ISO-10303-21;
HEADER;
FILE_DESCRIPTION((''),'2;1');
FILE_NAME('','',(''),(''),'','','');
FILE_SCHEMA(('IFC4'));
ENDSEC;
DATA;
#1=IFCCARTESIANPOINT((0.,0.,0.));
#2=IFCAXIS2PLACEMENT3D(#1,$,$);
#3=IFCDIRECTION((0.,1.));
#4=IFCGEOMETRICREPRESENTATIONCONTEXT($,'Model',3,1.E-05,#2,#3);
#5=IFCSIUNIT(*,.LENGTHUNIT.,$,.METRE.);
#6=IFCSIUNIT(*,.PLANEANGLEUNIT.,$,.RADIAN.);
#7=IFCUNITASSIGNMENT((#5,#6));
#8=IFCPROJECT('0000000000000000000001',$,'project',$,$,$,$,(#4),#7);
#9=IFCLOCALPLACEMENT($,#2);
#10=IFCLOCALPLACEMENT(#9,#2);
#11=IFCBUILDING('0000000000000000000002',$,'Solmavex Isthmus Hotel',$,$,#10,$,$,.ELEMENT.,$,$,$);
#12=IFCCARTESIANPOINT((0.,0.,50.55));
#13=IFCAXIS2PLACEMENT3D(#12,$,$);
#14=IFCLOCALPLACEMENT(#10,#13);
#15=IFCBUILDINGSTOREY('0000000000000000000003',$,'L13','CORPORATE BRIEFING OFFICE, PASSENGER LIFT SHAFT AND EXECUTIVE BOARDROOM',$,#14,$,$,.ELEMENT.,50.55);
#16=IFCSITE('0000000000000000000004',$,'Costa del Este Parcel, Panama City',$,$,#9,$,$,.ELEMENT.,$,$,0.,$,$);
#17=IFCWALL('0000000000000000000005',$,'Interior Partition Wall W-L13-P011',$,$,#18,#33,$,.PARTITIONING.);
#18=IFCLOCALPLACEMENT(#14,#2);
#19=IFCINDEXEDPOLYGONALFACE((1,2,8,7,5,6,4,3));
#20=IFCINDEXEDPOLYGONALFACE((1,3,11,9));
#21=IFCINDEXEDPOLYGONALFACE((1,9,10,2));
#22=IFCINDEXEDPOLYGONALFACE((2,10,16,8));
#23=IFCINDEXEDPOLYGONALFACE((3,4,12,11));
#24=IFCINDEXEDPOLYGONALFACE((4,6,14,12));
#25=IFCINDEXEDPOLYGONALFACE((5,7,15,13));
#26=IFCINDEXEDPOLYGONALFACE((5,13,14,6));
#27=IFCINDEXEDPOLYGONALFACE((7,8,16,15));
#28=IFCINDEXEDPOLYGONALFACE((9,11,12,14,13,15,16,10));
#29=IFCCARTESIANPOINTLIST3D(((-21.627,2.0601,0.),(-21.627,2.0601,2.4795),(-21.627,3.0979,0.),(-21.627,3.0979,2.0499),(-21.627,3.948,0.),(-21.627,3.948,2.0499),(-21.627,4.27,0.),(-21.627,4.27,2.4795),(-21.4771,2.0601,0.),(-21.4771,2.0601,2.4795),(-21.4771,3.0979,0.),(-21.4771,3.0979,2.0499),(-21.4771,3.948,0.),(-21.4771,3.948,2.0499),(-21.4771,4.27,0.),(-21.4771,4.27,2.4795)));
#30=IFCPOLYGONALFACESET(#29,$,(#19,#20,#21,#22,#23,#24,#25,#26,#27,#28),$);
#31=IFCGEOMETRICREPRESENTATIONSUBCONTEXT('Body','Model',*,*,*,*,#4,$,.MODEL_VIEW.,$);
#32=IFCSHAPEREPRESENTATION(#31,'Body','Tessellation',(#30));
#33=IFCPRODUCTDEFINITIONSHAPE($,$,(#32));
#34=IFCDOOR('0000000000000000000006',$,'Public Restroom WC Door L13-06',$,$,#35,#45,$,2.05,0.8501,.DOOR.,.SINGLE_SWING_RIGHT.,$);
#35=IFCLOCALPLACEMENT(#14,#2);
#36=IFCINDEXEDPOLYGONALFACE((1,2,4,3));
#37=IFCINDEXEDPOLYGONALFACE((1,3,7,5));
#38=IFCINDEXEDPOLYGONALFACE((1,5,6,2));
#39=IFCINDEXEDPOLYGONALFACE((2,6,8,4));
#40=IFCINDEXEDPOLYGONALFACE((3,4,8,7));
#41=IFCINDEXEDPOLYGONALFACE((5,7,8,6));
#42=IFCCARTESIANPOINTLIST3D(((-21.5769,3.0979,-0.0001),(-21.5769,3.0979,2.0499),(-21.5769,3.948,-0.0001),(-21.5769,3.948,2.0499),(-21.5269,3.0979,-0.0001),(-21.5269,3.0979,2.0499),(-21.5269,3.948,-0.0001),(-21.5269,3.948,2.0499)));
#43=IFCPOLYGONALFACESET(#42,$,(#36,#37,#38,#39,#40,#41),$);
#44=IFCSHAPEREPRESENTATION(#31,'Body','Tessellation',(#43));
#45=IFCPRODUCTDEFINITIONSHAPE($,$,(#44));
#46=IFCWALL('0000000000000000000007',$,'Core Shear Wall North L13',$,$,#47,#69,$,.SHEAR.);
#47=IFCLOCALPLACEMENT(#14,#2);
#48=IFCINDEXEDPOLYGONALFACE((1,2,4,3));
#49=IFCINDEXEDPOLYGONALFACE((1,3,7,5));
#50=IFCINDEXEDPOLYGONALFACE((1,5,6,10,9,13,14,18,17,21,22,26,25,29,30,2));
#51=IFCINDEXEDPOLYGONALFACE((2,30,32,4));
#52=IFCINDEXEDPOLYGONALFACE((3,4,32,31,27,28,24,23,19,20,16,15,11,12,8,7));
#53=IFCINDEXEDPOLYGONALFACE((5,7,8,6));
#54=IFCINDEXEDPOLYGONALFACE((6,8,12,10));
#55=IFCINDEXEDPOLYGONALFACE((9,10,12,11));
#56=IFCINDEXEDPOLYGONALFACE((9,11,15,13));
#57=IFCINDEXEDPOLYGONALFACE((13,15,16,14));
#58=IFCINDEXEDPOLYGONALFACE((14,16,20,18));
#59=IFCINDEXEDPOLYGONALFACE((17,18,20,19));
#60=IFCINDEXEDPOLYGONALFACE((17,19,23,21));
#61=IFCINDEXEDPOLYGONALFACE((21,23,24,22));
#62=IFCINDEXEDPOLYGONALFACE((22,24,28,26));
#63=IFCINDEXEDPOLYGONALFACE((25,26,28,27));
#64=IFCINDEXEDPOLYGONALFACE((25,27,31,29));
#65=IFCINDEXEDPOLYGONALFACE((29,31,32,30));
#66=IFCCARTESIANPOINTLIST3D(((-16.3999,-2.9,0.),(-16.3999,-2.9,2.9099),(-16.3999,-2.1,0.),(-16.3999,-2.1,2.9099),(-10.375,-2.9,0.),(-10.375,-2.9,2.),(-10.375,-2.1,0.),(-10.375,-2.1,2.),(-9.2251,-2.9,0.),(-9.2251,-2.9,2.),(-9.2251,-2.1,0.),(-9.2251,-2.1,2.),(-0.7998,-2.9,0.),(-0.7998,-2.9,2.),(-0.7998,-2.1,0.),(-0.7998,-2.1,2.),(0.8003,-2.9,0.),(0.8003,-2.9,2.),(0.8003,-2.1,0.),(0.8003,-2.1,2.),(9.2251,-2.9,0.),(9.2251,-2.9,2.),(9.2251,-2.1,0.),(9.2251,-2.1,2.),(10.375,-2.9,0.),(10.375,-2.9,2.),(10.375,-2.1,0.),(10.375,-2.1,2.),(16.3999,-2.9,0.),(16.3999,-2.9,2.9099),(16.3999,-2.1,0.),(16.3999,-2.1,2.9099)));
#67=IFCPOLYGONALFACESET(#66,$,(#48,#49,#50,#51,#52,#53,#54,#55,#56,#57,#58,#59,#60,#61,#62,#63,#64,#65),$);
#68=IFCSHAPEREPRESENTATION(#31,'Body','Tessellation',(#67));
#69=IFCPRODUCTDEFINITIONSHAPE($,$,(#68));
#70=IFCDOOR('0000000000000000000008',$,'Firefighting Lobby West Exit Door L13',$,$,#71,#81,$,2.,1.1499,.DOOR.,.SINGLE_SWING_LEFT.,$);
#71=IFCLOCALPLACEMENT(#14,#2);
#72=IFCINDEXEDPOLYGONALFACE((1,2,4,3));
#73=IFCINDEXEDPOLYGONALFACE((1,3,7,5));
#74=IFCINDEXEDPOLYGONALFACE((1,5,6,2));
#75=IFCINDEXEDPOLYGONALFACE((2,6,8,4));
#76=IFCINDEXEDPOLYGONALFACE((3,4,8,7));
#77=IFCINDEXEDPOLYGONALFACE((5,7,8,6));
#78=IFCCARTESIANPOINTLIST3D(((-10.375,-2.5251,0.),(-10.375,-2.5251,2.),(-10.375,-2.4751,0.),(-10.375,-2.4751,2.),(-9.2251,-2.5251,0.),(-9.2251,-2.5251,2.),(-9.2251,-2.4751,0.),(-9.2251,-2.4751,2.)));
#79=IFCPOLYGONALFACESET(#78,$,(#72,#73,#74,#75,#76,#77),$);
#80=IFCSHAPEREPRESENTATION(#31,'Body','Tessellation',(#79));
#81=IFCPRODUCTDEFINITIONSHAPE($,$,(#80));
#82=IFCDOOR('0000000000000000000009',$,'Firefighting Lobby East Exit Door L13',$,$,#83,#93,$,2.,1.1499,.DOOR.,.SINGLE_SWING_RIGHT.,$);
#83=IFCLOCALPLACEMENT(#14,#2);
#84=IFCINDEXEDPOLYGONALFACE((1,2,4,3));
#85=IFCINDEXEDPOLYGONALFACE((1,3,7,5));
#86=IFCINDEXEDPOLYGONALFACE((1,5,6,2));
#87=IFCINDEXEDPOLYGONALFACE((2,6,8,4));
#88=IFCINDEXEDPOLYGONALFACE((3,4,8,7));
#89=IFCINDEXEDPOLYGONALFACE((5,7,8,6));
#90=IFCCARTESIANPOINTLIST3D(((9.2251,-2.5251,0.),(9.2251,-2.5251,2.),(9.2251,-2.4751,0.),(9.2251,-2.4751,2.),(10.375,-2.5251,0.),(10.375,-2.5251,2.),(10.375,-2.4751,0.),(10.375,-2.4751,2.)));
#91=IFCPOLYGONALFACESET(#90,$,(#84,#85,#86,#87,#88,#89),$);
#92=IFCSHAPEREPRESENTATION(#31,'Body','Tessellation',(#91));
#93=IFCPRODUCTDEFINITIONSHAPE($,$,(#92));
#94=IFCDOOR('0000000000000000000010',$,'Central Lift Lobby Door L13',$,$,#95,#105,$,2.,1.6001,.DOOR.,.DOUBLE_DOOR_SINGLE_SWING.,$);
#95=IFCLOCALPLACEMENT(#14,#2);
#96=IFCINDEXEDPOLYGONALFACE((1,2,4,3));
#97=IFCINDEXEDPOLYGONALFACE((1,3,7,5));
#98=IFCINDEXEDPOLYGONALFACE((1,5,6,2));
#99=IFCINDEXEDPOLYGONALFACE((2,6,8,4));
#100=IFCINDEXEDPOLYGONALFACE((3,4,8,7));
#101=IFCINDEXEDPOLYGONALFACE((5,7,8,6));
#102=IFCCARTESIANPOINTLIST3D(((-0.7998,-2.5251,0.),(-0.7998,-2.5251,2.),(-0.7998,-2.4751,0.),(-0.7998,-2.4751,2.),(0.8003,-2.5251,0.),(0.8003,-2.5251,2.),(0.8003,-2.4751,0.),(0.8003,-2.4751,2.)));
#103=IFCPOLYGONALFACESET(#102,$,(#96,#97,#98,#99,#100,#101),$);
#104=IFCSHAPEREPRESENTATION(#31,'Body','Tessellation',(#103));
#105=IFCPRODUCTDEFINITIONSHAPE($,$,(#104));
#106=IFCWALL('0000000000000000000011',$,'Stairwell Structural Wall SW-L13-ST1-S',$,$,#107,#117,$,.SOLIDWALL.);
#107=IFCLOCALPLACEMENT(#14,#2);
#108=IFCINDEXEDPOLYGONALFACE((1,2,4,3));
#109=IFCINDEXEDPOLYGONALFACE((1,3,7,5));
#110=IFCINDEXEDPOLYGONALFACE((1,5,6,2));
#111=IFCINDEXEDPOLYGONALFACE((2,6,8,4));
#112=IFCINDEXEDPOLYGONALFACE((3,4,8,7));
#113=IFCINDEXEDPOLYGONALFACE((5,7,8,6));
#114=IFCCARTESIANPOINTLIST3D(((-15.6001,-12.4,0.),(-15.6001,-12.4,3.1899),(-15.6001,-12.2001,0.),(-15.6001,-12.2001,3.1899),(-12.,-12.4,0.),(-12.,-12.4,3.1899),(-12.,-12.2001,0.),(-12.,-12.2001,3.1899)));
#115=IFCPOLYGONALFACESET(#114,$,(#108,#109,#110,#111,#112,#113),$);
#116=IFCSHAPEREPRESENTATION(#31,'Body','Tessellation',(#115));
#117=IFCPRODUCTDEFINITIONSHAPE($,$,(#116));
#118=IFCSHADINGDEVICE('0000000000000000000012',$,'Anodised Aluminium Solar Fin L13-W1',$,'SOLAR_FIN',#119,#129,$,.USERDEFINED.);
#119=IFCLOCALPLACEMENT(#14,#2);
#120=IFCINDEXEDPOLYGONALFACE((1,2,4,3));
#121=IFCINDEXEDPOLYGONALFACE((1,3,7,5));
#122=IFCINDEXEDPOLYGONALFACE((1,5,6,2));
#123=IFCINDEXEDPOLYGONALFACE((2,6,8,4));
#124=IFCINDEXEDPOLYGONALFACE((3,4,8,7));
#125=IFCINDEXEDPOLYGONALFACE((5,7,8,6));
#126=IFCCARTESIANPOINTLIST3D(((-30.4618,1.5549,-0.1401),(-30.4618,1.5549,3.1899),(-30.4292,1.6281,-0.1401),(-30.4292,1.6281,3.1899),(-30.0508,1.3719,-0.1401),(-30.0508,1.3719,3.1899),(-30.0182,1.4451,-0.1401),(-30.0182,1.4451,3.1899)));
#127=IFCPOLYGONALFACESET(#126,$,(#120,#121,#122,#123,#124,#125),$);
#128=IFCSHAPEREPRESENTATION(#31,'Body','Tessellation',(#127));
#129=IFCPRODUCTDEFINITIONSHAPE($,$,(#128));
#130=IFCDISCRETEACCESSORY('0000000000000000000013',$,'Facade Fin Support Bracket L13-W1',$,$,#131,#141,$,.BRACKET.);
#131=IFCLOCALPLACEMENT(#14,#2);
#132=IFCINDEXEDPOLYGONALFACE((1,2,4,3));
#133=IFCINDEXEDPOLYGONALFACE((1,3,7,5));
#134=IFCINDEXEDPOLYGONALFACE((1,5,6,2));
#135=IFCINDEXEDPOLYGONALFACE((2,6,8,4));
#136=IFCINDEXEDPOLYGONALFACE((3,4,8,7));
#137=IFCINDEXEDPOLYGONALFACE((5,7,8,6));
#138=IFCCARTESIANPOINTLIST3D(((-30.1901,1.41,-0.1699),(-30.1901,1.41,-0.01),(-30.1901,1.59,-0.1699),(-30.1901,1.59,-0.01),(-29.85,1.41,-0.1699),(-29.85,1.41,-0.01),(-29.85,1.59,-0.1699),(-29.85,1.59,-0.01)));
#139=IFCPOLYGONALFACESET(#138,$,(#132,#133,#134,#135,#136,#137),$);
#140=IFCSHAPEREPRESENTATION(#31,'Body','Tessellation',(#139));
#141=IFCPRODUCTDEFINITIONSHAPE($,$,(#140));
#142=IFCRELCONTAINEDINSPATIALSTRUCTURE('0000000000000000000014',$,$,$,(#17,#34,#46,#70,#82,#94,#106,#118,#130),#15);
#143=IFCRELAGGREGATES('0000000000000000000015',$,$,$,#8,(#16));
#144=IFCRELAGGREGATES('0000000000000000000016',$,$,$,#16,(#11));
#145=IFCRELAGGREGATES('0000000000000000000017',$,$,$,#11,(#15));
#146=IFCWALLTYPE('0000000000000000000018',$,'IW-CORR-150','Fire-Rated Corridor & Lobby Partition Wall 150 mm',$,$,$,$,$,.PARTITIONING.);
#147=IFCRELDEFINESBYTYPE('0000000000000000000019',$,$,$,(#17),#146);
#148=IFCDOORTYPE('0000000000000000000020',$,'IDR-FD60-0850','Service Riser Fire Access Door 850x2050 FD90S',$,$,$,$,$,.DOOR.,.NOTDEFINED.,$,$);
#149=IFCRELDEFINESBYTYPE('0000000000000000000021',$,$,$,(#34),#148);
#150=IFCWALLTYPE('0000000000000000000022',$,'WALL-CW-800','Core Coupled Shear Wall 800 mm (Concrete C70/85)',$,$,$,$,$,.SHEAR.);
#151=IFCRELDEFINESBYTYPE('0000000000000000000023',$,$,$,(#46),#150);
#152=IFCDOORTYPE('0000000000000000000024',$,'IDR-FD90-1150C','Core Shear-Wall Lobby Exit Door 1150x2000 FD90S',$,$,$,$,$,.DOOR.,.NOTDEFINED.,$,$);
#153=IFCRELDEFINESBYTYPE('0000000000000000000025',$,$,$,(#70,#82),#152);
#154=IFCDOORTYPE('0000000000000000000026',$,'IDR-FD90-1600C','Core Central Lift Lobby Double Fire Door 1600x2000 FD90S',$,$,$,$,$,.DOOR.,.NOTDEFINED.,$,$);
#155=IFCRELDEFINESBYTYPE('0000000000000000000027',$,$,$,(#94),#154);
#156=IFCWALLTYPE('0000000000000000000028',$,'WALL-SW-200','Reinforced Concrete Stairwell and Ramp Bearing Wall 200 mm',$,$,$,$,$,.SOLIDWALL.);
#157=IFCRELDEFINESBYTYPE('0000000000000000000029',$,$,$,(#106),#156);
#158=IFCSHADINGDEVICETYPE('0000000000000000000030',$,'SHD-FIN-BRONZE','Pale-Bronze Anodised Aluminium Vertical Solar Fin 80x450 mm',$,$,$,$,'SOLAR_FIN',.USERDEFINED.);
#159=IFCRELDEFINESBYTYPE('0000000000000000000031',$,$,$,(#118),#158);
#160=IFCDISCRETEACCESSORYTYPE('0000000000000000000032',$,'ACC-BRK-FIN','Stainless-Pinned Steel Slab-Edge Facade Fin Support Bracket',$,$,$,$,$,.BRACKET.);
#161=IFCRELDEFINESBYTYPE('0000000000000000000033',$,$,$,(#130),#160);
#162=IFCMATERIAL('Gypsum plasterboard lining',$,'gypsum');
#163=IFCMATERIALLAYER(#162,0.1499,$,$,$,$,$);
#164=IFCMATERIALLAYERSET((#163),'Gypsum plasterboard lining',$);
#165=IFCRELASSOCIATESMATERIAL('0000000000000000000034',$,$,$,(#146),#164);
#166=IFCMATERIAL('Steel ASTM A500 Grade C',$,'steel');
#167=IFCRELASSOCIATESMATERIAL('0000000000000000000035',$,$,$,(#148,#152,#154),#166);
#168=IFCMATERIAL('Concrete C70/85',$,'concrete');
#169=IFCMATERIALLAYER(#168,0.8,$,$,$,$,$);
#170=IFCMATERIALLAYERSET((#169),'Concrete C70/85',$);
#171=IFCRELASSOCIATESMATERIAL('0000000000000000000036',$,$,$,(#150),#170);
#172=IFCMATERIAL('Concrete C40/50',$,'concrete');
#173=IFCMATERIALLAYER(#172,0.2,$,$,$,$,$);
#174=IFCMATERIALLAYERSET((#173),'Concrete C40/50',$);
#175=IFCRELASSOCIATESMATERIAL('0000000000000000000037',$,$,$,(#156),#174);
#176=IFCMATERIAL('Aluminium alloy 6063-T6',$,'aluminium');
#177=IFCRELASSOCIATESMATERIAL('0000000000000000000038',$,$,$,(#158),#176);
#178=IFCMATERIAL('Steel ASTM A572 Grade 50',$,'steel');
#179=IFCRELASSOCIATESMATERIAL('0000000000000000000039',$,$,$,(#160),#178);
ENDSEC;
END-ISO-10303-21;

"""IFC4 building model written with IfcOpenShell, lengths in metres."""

from ifc_helpers import new_model, si_unit, direction, frame, frame_2d, origin, origin_2d, place, context, subcontext, project, spatial, rectangle, extrude, material, layer, layer_set, type_object, element, fill, save


model = new_model("IFC4")

# Units and contexts
model_context = context("Model", 3, precision=1e-05, world=origin(), true_north=direction((0.0, 1.0)))
body_context = subcontext(model_context, "Body", "Model", "MODEL_VIEW")
ifc_project = project(units=[si_unit("LENGTHUNIT", "METRE"), si_unit("PLANEANGLEUNIT", "RADIAN")], contexts=[model_context])

# Site, building, storey
site_placement = place(None, origin())
site = spatial("IfcSite", under=ifc_project, at=site_placement, Name="Costa del Este Parcel, Panama City", CompositionType="ELEMENT", RefElevation=0.0)
building_placement = place(site_placement, origin())
building = spatial("IfcBuilding", under=site, at=building_placement, Name="Solmavex Isthmus Hotel", CompositionType="ELEMENT")
storey_placement = place(building_placement, frame((0.0, 0.0, 50.55)))
storey = spatial("IfcBuildingStorey", under=building, at=storey_placement, Name="L13", Description="CORPORATE BRIEFING OFFICE, PASSENGER LIFT SHAFT AND EXECUTIVE BOARDROOM", CompositionType="ELEMENT", Elevation=50.55)

# Shared definitions
ifc_material_1 = material(Name="Concrete C70/85", Category="concrete")

# Shared definitions
ifc_material_2 = material(Name="Aluminium alloy 6063-T6", Category="aluminium")

# Shared definitions
ifc_material_3 = material(Name="Gypsum plasterboard lining", Category="gypsum")

# Wall, opening, door
ifc_layer_1 = layer(ifc_material_3, 0.1499)
ifc_layer_set_1 = layer_set([ifc_layer_1], Name="Gypsum plasterboard lining")
wall_type_1 = type_object("IfcWallType", Name="IW-CORR-150", Description="Fire-Rated Corridor & Lobby Partition Wall 150 mm", PredefinedType="PARTITIONING", material=ifc_layer_set_1)
wall_1_placement = place(storey_placement, frame((-21.552, 2.0601, 0.0), z_axis=(0.0, 0.0, 1.0), x_axis=(0.0, 1.0, 0.0)))
wall_1 = element("IfcWall", 1, at=wall_1_placement, inside=storey, type_object=wall_type_1, Name="Interior Partition Wall W-L13-P011", PredefinedType="PARTITIONING", context=body_context, shape_type="SweptSolid", body=[
    extrude(rectangle(XDim=2.21, YDim=0.1499, at=frame_2d((1.105, 0.0))), origin(), (0.0, 0.0, 1.0), 2.4795),
])
opening_1_placement = place(wall_1_placement, frame((1.0378, 0.0, 0.0)))
opening_1 = element("IfcOpeningElement", 2, at=opening_1_placement, cuts=wall_1, PredefinedType="OPENING", context=body_context, shape_type="SweptSolid", body=[
    extrude(rectangle(XDim=0.8501, YDim=2.05, at=frame_2d((0.425, 1.0249))), frame((0.0, 0.085, 0.0), z_axis=(0.0, -1.0, 0.0), x_axis=(1.0, 0.0, 0.0)), (0.0, 0.0, 1.0), 0.1699),
])
ifc_material_4 = material(Name="Steel ASTM A500 Grade C", Category="steel")
door_type_1 = type_object("IfcDoorType", Name="IDR-FD60-0850", Description="Service Riser Fire Access Door 850x2050 FD90S", OperationType="NOTDEFINED", PredefinedType="DOOR", material=ifc_material_4)
door_1_placement = place(opening_1_placement, origin())
door_1 = element("IfcDoor", 3, at=door_1_placement, inside=storey, type_object=door_type_1, Name="Public Restroom WC Door L13-06", OperationType="SINGLE_SWING_RIGHT", OverallHeight=2.05, OverallWidth=0.8501, PredefinedType="DOOR", context=body_context, shape_type="SweptSolid", body=[
    extrude(rectangle(XDim=0.8501, YDim=2.05, at=frame_2d((0.425, 1.0249))), frame((0.0, 0.0249, 0.0), z_axis=(0.0, -1.0, 0.0), x_axis=(1.0, 0.0, 0.0)), (0.0, 0.0, 1.0), 0.05),
])
fill(opening_1, door_1)

# Wall, openings, doors
ifc_layer_2 = layer(ifc_material_1, 0.8)
ifc_layer_set_2 = layer_set([ifc_layer_2], Name="Concrete C70/85")
wall_type_2 = type_object("IfcWallType", Name="WALL-CW-800", Description="Core Coupled Shear Wall 800 mm (Concrete C70/85)", PredefinedType="SHEAR", material=ifc_layer_set_2)
wall_2_placement = place(storey_placement, frame((-16.3999, -2.5, 0.0), z_axis=(0.0, 0.0, 1.0), x_axis=(1.0, 0.0, 0.0)))
wall_2 = element("IfcWall", 4, at=wall_2_placement, inside=storey, type_object=wall_type_2, Name="Core Shear Wall North L13", PredefinedType="SHEAR", context=body_context, shape_type="SweptSolid", body=[
    extrude(rectangle(XDim=32.7998, YDim=0.8, at=frame_2d((16.3999, 0.0))), origin(), (0.0, 0.0, 1.0), 2.9099),
])
opening_2_placement = place(wall_2_placement, frame((6.0249, 0.0, 0.0)))
opening_2 = element("IfcOpeningElement", 5, at=opening_2_placement, cuts=wall_2, PredefinedType="OPENING", context=body_context, shape_type="SweptSolid", body=[
    extrude(rectangle(XDim=1.1499, YDim=2.0, at=frame_2d((0.575, 1.0))), frame((0.0, 0.4099, 0.0), z_axis=(0.0, -1.0, 0.0), x_axis=(1.0, 0.0, 0.0)), (0.0, 0.0, 1.0), 0.8201),
])
opening_3_placement = place(wall_2_placement, frame((15.6001, 0.0, 0.0)))
opening_3 = element("IfcOpeningElement", 6, at=opening_3_placement, cuts=wall_2, PredefinedType="OPENING", context=body_context, shape_type="SweptSolid", body=[
    extrude(rectangle(XDim=1.6001, YDim=2.0, at=frame_2d((0.8, 1.0))), frame((0.0, 0.4099, 0.0), z_axis=(0.0, -1.0, 0.0), x_axis=(1.0, 0.0, 0.0)), (0.0, 0.0, 1.0), 0.8201),
])
opening_4_placement = place(wall_2_placement, frame((25.625, 0.0, 0.0)))
opening_4 = element("IfcOpeningElement", 7, at=opening_4_placement, cuts=wall_2, PredefinedType="OPENING", context=body_context, shape_type="SweptSolid", body=[
    extrude(rectangle(XDim=1.1499, YDim=2.0, at=frame_2d((0.575, 1.0))), frame((0.0, 0.4099, 0.0), z_axis=(0.0, -1.0, 0.0), x_axis=(1.0, 0.0, 0.0)), (0.0, 0.0, 1.0), 0.8201),
])
door_type_2 = type_object("IfcDoorType", Name="IDR-FD90-1150C", Description="Core Shear-Wall Lobby Exit Door 1150x2000 FD90S", OperationType="NOTDEFINED", PredefinedType="DOOR", material=ifc_material_4)
door_2_placement = place(opening_2_placement, origin())
door_2 = element("IfcDoor", 8, at=door_2_placement, inside=storey, type_object=door_type_2, Name="Firefighting Lobby West Exit Door L13", OperationType="SINGLE_SWING_LEFT", OverallHeight=2.0, OverallWidth=1.1499, PredefinedType="DOOR", context=body_context, shape_type="SweptSolid", body=[
    extrude(rectangle(XDim=1.1499, YDim=2.0, at=frame_2d((0.575, 1.0))), frame((0.0, 0.0249, 0.0), z_axis=(0.0, -1.0, 0.0), x_axis=(1.0, 0.0, 0.0)), (0.0, 0.0, 1.0), 0.05),
])
fill(opening_2, door_2)
door_3_placement = place(opening_4_placement, origin())
door_3 = element("IfcDoor", 9, at=door_3_placement, inside=storey, type_object=door_type_2, Name="Firefighting Lobby East Exit Door L13", OperationType="SINGLE_SWING_RIGHT", OverallHeight=2.0, OverallWidth=1.1499, PredefinedType="DOOR", context=body_context, shape_type="SweptSolid", body=[
    extrude(rectangle(XDim=1.1499, YDim=2.0, at=frame_2d((0.575, 1.0))), frame((0.0, 0.0249, 0.0), z_axis=(0.0, -1.0, 0.0), x_axis=(1.0, 0.0, 0.0)), (0.0, 0.0, 1.0), 0.05),
])
fill(opening_4, door_3)
door_type_3 = type_object("IfcDoorType", Name="IDR-FD90-1600C", Description="Core Central Lift Lobby Double Fire Door 1600x2000 FD90S", OperationType="NOTDEFINED", PredefinedType="DOOR", material=ifc_material_4)
door_4_placement = place(opening_3_placement, origin())
door_4 = element("IfcDoor", 10, at=door_4_placement, inside=storey, type_object=door_type_3, Name="Central Lift Lobby Door L13", OperationType="DOUBLE_DOOR_SINGLE_SWING", OverallHeight=2.0, OverallWidth=1.6001, PredefinedType="DOOR", context=body_context, shape_type="SweptSolid", body=[
    extrude(rectangle(XDim=1.6001, YDim=2.0, at=frame_2d((0.8, 1.0))), frame((0.0, 0.0249, 0.0), z_axis=(0.0, -1.0, 0.0), x_axis=(1.0, 0.0, 0.0)), (0.0, 0.0, 1.0), 0.05),
])
fill(opening_3, door_4)

# Wall
ifc_material_5 = material(Name="Concrete C40/50", Category="concrete")
ifc_layer_3 = layer(ifc_material_5, 0.2)
ifc_layer_set_3 = layer_set([ifc_layer_3], Name="Concrete C40/50")
wall_type_3 = type_object("IfcWallType", Name="WALL-SW-200", Description="Reinforced Concrete Stairwell and Ramp Bearing Wall 200 mm", PredefinedType="SOLIDWALL", material=ifc_layer_set_3)
wall_3_placement = place(storey_placement, frame((-15.6001, -12.3, 0.0), z_axis=(0.0, 0.0, 1.0), x_axis=(1.0, 0.0, 0.0)))
element("IfcWall", 11, at=wall_3_placement, inside=storey, type_object=wall_type_3, Name="Stairwell Structural Wall SW-L13-ST1-S", PredefinedType="SOLIDWALL", context=body_context, shape_type="SweptSolid", body=[
    extrude(rectangle(XDim=3.6001, YDim=0.2, at=frame_2d((1.8, 0.0))), origin(), (0.0, 0.0, 1.0), 3.1899),
])

# Shading device
shading_device_type = type_object("IfcShadingDeviceType", Name="SHD-FIN-BRONZE", Description="Pale-Bronze Anodised Aluminium Vertical Solar Fin 80x450 mm", ElementType="SOLAR_FIN", PredefinedType="USERDEFINED", material=ifc_material_2)
shading_device_placement = place(storey_placement, frame((-30.24, 1.5, -0.1401), z_axis=(0.0, 0.0, 1.0), x_axis=(-0.913545, 0.406737, 0.0)))
element("IfcShadingDevice", 12, at=shading_device_placement, inside=storey, type_object=shading_device_type, Name="Anodised Aluminium Solar Fin L13-W1", ObjectType="SOLAR_FIN", PredefinedType="USERDEFINED", context=body_context, shape_type="SweptSolid", body=[
    extrude(rectangle(XDim=0.45, YDim=0.0801, at=origin_2d()), origin(), (0.0, 0.0, 1.0), 3.3301),
])

# Discrete accessory
ifc_material_6 = material(Name="Steel ASTM A572 Grade 50", Category="steel")
discrete_accessory_type = type_object("IfcDiscreteAccessoryType", Name="ACC-BRK-FIN", Description="Stainless-Pinned Steel Slab-Edge Facade Fin Support Bracket", PredefinedType="BRACKET", material=ifc_material_6)
discrete_accessory_placement = place(storey_placement, frame((-30.02, 1.5, -0.1699), z_axis=(0.0, 0.0, 1.0), x_axis=(-1.0, 0.0, 0.0)))
element("IfcDiscreteAccessory", 13, at=discrete_accessory_placement, inside=storey, type_object=discrete_accessory_type, Name="Facade Fin Support Bracket L13-W1", PredefinedType="BRACKET", context=body_context, shape_type="SweptSolid", body=[
    extrude(rectangle(XDim=0.3401, YDim=0.1799, at=origin_2d()), origin(), (0.0, 0.0, 1.0), 0.1599),
])

save(model, "model.ifc")
